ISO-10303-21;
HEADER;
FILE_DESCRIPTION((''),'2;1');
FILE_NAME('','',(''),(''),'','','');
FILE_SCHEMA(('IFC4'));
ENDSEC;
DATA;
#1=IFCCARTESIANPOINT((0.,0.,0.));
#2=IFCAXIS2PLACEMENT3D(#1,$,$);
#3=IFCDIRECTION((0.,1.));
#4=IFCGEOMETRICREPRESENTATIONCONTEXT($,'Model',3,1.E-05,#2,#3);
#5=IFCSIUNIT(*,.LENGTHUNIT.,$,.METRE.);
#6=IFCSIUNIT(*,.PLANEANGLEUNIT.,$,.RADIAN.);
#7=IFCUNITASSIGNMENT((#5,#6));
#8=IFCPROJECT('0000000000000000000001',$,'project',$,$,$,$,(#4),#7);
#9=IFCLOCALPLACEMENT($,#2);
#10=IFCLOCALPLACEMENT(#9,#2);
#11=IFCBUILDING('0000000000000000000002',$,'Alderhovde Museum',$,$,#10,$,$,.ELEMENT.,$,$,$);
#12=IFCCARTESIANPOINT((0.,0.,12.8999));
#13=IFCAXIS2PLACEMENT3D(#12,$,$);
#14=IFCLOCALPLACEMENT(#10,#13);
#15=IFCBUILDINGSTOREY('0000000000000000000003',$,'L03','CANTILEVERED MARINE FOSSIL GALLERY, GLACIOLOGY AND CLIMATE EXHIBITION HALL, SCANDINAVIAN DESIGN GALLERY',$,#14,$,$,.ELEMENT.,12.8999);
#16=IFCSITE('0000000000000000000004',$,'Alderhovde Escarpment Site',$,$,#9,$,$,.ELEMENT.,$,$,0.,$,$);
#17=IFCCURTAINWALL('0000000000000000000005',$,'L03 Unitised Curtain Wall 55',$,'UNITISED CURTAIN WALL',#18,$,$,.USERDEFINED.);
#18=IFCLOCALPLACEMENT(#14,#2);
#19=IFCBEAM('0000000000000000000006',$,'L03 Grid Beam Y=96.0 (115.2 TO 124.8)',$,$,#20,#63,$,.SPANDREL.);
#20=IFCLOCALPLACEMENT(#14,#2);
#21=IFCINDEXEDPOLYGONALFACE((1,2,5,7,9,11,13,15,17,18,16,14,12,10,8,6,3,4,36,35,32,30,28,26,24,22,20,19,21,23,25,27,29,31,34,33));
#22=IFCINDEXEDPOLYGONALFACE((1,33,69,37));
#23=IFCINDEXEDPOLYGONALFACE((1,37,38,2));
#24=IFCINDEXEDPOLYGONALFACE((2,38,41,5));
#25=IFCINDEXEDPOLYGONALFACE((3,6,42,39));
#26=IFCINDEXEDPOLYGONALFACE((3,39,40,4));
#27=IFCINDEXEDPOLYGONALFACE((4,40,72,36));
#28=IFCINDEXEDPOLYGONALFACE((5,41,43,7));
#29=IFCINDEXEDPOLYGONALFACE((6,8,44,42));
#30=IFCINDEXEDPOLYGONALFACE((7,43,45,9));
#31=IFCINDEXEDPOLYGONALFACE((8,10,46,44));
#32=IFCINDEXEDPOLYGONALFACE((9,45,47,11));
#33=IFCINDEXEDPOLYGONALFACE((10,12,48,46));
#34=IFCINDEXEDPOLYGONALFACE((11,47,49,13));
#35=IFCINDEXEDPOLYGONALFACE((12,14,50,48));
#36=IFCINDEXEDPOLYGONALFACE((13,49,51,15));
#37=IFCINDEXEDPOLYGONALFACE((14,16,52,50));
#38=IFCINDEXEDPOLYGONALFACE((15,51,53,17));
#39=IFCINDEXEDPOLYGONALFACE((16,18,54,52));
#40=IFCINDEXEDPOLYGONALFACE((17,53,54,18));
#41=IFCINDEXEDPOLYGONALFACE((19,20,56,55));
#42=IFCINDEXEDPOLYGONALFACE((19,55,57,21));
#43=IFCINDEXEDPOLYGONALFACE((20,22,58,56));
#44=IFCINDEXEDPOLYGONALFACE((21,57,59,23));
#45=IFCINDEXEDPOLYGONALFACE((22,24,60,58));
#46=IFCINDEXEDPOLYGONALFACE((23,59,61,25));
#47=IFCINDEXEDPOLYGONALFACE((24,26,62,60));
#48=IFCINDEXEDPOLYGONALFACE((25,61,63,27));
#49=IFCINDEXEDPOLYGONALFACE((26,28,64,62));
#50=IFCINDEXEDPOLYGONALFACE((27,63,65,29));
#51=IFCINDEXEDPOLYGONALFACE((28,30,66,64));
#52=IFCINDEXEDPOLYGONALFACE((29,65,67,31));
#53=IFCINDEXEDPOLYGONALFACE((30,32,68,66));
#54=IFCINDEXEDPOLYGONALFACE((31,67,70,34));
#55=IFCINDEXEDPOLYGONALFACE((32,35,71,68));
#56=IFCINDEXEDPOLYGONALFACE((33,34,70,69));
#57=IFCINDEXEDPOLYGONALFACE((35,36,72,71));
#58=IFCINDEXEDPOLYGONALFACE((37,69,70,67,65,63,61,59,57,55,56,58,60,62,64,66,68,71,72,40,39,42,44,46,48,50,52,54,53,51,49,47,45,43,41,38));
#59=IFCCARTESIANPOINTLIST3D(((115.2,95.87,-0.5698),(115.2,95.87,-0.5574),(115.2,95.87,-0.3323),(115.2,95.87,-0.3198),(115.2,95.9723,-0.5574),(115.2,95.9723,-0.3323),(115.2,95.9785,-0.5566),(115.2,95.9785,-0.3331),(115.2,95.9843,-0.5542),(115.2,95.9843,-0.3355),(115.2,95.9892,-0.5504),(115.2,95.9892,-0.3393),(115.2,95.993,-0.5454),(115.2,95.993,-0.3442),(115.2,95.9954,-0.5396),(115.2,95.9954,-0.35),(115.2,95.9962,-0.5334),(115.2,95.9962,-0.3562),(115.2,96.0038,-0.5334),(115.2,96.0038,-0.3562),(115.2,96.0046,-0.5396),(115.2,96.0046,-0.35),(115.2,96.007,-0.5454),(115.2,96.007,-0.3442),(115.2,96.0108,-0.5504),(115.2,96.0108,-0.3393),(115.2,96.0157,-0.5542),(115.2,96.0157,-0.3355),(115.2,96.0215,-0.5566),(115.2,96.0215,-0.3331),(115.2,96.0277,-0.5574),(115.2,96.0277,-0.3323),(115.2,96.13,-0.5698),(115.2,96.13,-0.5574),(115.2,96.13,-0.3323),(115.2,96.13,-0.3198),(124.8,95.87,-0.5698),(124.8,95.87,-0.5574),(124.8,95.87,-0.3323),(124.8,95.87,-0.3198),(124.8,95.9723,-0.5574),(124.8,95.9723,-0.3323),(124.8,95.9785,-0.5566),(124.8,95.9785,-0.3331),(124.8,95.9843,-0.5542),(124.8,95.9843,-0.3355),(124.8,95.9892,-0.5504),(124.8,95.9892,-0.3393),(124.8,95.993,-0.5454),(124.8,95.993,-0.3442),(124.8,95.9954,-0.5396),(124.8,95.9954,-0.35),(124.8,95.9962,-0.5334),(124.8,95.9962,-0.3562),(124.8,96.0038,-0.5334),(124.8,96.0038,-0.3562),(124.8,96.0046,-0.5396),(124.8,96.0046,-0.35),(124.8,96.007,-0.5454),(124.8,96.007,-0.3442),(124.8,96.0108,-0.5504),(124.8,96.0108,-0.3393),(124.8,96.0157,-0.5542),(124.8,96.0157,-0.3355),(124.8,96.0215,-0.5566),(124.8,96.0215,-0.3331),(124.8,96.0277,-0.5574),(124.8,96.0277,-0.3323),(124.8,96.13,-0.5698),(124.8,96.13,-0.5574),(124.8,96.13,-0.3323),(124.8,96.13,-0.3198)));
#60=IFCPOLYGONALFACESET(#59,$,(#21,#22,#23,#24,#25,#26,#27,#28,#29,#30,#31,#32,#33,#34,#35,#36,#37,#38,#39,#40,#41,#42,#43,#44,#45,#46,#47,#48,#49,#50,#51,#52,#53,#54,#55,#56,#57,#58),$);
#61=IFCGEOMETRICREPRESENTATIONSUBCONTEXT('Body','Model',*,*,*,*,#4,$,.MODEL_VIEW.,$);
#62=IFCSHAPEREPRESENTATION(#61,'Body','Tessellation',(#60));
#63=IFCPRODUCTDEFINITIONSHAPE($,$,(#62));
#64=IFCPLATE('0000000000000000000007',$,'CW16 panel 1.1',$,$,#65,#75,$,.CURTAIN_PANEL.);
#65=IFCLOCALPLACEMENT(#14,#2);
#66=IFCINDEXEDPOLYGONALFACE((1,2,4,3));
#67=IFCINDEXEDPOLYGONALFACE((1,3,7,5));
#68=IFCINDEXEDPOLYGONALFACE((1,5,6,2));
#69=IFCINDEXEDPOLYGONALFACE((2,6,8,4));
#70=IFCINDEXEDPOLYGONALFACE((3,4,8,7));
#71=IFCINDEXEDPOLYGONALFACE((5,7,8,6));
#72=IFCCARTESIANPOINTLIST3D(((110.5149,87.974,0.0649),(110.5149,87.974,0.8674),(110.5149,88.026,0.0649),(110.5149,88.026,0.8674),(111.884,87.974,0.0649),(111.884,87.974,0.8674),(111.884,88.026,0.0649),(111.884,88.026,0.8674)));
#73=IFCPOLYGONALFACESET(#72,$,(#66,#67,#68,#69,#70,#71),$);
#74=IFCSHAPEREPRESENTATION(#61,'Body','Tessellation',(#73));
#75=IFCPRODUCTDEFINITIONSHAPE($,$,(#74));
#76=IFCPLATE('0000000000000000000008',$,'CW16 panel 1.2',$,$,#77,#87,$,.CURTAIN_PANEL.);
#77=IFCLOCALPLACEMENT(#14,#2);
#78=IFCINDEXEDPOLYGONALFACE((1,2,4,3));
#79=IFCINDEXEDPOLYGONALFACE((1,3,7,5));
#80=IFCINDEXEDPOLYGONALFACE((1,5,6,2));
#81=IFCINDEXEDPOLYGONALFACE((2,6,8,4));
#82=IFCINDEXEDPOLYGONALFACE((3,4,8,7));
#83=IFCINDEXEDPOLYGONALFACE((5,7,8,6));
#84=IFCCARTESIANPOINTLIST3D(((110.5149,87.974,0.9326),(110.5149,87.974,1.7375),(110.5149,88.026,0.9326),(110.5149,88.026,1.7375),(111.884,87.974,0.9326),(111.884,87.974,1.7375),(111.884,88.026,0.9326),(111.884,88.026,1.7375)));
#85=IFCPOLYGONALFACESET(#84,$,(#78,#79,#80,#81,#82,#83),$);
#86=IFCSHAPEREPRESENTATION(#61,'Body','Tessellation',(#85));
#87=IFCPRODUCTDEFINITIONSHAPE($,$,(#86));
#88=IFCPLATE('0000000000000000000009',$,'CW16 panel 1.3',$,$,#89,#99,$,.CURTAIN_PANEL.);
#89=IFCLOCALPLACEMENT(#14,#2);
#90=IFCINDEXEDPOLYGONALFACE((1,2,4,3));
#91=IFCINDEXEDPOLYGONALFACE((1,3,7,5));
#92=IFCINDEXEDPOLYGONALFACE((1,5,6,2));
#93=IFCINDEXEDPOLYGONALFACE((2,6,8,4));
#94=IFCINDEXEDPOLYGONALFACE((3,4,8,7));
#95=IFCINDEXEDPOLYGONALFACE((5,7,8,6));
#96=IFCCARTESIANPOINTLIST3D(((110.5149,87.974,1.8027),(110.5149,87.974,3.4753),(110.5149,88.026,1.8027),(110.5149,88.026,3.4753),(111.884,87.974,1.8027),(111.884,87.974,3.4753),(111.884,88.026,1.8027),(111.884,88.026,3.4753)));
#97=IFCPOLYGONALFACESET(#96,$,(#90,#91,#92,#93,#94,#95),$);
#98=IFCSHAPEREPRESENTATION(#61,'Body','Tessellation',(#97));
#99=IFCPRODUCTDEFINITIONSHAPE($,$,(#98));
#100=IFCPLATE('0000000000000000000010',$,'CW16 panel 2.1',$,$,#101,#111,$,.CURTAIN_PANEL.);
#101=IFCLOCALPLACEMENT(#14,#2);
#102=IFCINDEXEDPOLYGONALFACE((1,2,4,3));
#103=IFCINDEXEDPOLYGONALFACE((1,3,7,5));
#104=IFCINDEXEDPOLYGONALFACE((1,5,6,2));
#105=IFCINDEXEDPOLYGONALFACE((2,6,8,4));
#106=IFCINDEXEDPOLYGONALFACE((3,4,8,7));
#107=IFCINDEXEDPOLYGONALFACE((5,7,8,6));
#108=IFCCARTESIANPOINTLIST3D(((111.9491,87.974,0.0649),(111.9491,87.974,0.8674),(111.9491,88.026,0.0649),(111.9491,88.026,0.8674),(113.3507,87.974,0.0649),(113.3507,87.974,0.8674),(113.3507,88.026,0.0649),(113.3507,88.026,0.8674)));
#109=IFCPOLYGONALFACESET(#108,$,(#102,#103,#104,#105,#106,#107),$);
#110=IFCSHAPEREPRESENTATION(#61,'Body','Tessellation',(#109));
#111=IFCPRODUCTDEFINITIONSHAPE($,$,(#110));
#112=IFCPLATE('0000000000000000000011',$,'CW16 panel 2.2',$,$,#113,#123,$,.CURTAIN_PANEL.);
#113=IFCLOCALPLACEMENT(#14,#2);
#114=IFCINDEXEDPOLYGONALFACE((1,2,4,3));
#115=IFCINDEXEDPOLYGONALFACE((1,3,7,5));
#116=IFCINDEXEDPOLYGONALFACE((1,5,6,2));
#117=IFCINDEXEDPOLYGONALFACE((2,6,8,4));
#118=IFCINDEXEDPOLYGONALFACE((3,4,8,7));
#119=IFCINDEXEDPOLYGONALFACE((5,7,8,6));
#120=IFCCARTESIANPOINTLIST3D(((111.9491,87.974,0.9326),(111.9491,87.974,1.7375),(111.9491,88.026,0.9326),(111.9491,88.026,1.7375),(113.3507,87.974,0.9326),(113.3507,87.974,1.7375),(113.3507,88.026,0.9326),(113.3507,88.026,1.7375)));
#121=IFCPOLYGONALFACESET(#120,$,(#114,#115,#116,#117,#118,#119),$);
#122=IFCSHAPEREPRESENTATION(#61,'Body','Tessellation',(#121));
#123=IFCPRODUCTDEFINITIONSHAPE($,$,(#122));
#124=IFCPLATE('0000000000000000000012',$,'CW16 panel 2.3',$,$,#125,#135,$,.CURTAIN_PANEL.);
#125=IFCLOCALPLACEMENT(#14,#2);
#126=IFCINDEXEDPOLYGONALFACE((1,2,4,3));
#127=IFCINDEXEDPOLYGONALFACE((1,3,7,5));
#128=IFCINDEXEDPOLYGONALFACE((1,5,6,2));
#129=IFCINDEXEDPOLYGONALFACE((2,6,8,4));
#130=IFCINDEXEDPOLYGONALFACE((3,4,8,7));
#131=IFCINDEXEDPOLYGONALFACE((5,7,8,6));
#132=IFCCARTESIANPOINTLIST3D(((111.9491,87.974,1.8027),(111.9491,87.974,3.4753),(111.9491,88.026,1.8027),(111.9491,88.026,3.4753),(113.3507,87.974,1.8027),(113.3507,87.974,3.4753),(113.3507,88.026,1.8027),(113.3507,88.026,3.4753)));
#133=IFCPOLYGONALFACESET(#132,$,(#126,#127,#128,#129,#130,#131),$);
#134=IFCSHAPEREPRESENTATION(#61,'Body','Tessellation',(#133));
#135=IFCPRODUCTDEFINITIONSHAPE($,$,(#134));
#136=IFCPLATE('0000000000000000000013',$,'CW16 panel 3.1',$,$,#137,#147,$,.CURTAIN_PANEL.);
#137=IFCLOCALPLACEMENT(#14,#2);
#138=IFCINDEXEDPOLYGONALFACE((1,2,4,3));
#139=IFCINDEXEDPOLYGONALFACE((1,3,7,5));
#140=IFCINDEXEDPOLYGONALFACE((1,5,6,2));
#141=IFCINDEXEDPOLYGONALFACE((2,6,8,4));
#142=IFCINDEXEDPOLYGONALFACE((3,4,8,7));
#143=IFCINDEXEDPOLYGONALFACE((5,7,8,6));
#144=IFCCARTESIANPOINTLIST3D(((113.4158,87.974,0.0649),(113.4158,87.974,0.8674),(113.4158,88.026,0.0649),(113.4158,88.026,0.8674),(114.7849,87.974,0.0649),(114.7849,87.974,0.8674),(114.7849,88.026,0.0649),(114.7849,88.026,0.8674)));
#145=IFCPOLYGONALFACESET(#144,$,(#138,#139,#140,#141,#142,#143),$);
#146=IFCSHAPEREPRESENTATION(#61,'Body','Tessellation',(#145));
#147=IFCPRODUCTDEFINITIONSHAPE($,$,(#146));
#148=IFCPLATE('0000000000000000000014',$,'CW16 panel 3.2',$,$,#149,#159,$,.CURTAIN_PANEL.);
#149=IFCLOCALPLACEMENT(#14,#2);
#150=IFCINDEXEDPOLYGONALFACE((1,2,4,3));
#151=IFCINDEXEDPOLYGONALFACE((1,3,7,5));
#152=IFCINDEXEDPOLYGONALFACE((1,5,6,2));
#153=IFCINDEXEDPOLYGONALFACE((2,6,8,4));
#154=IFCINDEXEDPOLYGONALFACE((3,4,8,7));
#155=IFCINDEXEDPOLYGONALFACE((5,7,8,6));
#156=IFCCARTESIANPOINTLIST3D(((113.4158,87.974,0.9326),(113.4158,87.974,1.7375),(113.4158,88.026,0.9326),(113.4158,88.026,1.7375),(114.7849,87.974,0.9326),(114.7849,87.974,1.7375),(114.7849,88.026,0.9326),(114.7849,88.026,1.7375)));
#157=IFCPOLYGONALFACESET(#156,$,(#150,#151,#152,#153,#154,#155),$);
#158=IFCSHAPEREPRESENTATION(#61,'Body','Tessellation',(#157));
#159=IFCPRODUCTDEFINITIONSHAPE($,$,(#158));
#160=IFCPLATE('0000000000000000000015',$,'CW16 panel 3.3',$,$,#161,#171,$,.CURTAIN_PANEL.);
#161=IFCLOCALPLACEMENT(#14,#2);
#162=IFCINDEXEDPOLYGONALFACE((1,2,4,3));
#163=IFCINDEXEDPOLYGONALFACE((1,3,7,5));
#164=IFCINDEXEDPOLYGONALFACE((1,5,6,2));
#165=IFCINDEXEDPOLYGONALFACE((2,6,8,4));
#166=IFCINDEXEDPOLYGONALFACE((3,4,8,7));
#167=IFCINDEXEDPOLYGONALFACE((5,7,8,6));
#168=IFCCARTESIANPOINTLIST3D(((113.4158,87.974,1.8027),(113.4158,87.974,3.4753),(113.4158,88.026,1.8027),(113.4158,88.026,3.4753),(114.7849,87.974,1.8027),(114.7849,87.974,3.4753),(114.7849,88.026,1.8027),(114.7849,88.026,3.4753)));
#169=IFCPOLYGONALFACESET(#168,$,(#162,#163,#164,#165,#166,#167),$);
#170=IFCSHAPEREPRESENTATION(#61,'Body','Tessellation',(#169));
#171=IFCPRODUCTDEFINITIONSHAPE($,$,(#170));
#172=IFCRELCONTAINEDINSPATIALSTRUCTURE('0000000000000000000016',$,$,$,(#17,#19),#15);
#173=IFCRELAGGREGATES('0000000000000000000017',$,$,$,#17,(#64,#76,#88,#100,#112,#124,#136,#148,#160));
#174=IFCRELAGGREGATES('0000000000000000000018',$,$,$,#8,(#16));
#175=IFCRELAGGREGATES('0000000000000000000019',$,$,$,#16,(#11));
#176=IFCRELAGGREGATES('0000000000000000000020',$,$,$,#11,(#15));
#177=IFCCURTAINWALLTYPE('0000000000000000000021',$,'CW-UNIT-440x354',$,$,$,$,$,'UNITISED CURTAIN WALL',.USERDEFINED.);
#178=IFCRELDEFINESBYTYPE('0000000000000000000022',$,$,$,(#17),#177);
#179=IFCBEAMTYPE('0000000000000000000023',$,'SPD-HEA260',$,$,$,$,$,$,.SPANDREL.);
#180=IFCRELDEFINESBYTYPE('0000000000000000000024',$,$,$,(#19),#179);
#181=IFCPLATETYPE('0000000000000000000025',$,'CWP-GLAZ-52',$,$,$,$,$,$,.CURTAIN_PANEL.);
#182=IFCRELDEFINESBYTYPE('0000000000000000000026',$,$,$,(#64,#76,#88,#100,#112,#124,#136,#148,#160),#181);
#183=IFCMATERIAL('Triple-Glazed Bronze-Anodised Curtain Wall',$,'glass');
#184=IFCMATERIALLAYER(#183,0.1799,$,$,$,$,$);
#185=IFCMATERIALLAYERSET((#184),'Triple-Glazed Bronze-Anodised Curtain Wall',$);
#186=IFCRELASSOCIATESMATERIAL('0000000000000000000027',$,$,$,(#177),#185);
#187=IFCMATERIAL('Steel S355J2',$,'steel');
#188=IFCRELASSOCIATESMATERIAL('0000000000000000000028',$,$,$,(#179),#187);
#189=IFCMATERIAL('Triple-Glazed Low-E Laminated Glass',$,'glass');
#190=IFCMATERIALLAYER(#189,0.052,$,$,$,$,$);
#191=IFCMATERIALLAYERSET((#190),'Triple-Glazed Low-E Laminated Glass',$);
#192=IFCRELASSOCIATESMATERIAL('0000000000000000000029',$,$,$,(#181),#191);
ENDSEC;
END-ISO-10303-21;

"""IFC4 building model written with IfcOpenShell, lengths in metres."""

from ifc_helpers import new_model, si_unit, direction, frame, origin, origin_2d, place, context, subcontext, project, spatial, rectangle, i_section, extrude, material, layer, layer_set, material_profile, profile_set, type_object, element, aggregate, save


model = new_model("IFC4")

# Units and contexts
model_context = context("Model", 3, precision=1e-05, world=origin(), true_north=direction((0.0, 1.0)))
body_context = subcontext(model_context, "Body", "Model", "MODEL_VIEW")
ifc_project = project(units=[si_unit("LENGTHUNIT", "METRE"), si_unit("PLANEANGLEUNIT", "RADIAN")], contexts=[model_context])

# Site, building, storey
site_placement = place(None, origin())
site = spatial("IfcSite", under=ifc_project, at=site_placement, Name="Alderhovde Escarpment Site", CompositionType="ELEMENT", RefElevation=0.0)
building_placement = place(site_placement, origin())
building = spatial("IfcBuilding", under=site, at=building_placement, Name="Alderhovde Museum", CompositionType="ELEMENT")
storey_placement = place(building_placement, frame((0.0, 0.0, 12.8999)))
storey = spatial("IfcBuildingStorey", under=building, at=storey_placement, Name="L03", Description="CANTILEVERED MARINE FOSSIL GALLERY, GLACIOLOGY AND CLIMATE EXHIBITION HALL, SCANDINAVIAN DESIGN GALLERY", CompositionType="ELEMENT", Elevation=12.8999)

# Curtain wall
ifc_material_1 = material(Name="Triple-Glazed Bronze-Anodised Curtain Wall", Category="glass")
ifc_layer_1 = layer(ifc_material_1, 0.1799)
ifc_layer_set_1 = layer_set([ifc_layer_1], Name="Triple-Glazed Bronze-Anodised Curtain Wall")
curtain_wall_type = type_object("IfcCurtainWallType", Name="CW-UNIT-440x354", ElementType="UNITISED CURTAIN WALL", PredefinedType="USERDEFINED", material=ifc_layer_set_1)
curtain_wall_placement = place(storey_placement, origin())
curtain_wall = element("IfcCurtainWall", 1, at=curtain_wall_placement, inside=storey, type_object=curtain_wall_type, Name="L03 Unitised Curtain Wall 55", ObjectType="UNITISED CURTAIN WALL", PredefinedType="USERDEFINED")

# Beam
ifc_material_2 = material(Name="Steel S355J2", Category="steel")
ifc_material_profile_1 = material_profile(ifc_material_2, i_section(OverallWidth=0.26, OverallDepth=0.25, WebThickness=0.0076, FlangeThickness=0.0125, FilletRadius=0.0239, at=origin_2d()), Name="HEA 260")
ifc_profile_set_1 = profile_set([ifc_material_profile_1], Name="Steel S355J2")
beam_type_1 = type_object("IfcBeamType", Name="SPD-HEA260", PredefinedType="SPANDREL", material=ifc_profile_set_1)
beam_1_placement = place(storey_placement, frame((115.2, 96.0, -0.4448), z_axis=(1.0, 0.0, 0.0), x_axis=(0.0, 1.0, 0.0)))
element("IfcBeam", 2, at=beam_1_placement, inside=storey, type_object=beam_type_1, Name="L03 Grid Beam Y=96.0 (115.2 TO 124.8)", PredefinedType="SPANDREL", context=body_context, shape_type="SweptSolid", body=[
    extrude(i_section(OverallWidth=0.26, OverallDepth=0.25, WebThickness=0.0076, FlangeThickness=0.0125, FilletRadius=0.0239, at=origin_2d()), origin(), (0.0, 0.0, 1.0), 9.6001),
])

# Plates
ifc_material_3 = material(Name="Triple-Glazed Low-E Laminated Glass", Category="glass")
ifc_layer_2 = layer(ifc_material_3, 0.052)
ifc_layer_set_2 = layer_set([ifc_layer_2], Name="Triple-Glazed Low-E Laminated Glass")
plate_type = type_object("IfcPlateType", Name="CWP-GLAZ-52", PredefinedType="CURTAIN_PANEL", material=ifc_layer_set_2)
plate_1_placement = place(storey_placement, frame((111.1995, 88.0, 0.0649), z_axis=(0.0, 0.0, 1.0), x_axis=(1.0, 0.0, 0.0)))
plate_1 = element("IfcPlate", 3, at=plate_1_placement, type_object=plate_type, Name="CW16 panel 1.1", PredefinedType="CURTAIN_PANEL", context=body_context, shape_type="SweptSolid", body=[
    extrude(rectangle(XDim=1.3691, YDim=0.052, at=origin_2d()), origin(), (0.0, 0.0, 1.0), 0.8025),
])
plate_2_placement = place(storey_placement, frame((111.1995, 88.0, 0.9326), z_axis=(0.0, 0.0, 1.0), x_axis=(1.0, 0.0, 0.0)))
plate_2 = element("IfcPlate", 4, at=plate_2_placement, type_object=plate_type, Name="CW16 panel 1.2", PredefinedType="CURTAIN_PANEL", context=body_context, shape_type="SweptSolid", body=[
    extrude(rectangle(XDim=1.3691, YDim=0.052, at=origin_2d()), origin(), (0.0, 0.0, 1.0), 0.8049),
])
plate_3_placement = place(storey_placement, frame((111.1995, 88.0, 1.8027), z_axis=(0.0, 0.0, 1.0), x_axis=(1.0, 0.0, 0.0)))
plate_3 = element("IfcPlate", 5, at=plate_3_placement, type_object=plate_type, Name="CW16 panel 1.3", PredefinedType="CURTAIN_PANEL", context=body_context, shape_type="SweptSolid", body=[
    extrude(rectangle(XDim=1.3691, YDim=0.052, at=origin_2d()), origin(), (0.0, 0.0, 1.0), 1.6726),
])
plate_4_placement = place(storey_placement, frame((112.6499, 88.0, 0.0649), z_axis=(0.0, 0.0, 1.0), x_axis=(1.0, 0.0, 0.0)))
plate_4 = element("IfcPlate", 6, at=plate_4_placement, type_object=plate_type, Name="CW16 panel 2.1", PredefinedType="CURTAIN_PANEL", context=body_context, shape_type="SweptSolid", body=[
    extrude(rectangle(XDim=1.4016, YDim=0.052, at=origin_2d()), origin(), (0.0, 0.0, 1.0), 0.8025),
])
plate_5_placement = place(storey_placement, frame((112.6499, 88.0, 0.9326), z_axis=(0.0, 0.0, 1.0), x_axis=(1.0, 0.0, 0.0)))
plate_5 = element("IfcPlate", 7, at=plate_5_placement, type_object=plate_type, Name="CW16 panel 2.2", PredefinedType="CURTAIN_PANEL", context=body_context, shape_type="SweptSolid", body=[
    extrude(rectangle(XDim=1.4016, YDim=0.052, at=origin_2d()), origin(), (0.0, 0.0, 1.0), 0.8049),
])
plate_6_placement = place(storey_placement, frame((112.6499, 88.0, 1.8027), z_axis=(0.0, 0.0, 1.0), x_axis=(1.0, 0.0, 0.0)))
plate_6 = element("IfcPlate", 8, at=plate_6_placement, type_object=plate_type, Name="CW16 panel 2.3", PredefinedType="CURTAIN_PANEL", context=body_context, shape_type="SweptSolid", body=[
    extrude(rectangle(XDim=1.4016, YDim=0.052, at=origin_2d()), origin(), (0.0, 0.0, 1.0), 1.6726),
])
plate_7_placement = place(storey_placement, frame((114.1003, 88.0, 0.0649), z_axis=(0.0, 0.0, 1.0), x_axis=(1.0, 0.0, 0.0)))
plate_7 = element("IfcPlate", 9, at=plate_7_placement, type_object=plate_type, Name="CW16 panel 3.1", PredefinedType="CURTAIN_PANEL", context=body_context, shape_type="SweptSolid", body=[
    extrude(rectangle(XDim=1.3691, YDim=0.052, at=origin_2d()), origin(), (0.0, 0.0, 1.0), 0.8025),
])
plate_8_placement = place(storey_placement, frame((114.1003, 88.0, 0.9326), z_axis=(0.0, 0.0, 1.0), x_axis=(1.0, 0.0, 0.0)))
plate_8 = element("IfcPlate", 10, at=plate_8_placement, type_object=plate_type, Name="CW16 panel 3.2", PredefinedType="CURTAIN_PANEL", context=body_context, shape_type="SweptSolid", body=[
    extrude(rectangle(XDim=1.3691, YDim=0.052, at=origin_2d()), origin(), (0.0, 0.0, 1.0), 0.8049),
])
plate_9_placement = place(storey_placement, frame((114.1003, 88.0, 1.8027), z_axis=(0.0, 0.0, 1.0), x_axis=(1.0, 0.0, 0.0)))
plate_9 = element("IfcPlate", 11, at=plate_9_placement, type_object=plate_type, Name="CW16 panel 3.3", PredefinedType="CURTAIN_PANEL", context=body_context, shape_type="SweptSolid", body=[
    extrude(rectangle(XDim=1.3691, YDim=0.052, at=origin_2d()), origin(), (0.0, 0.0, 1.0), 1.6726),
])
aggregate(curtain_wall, [plate_1, plate_2, plate_3, plate_4, plate_5, plate_6, plate_7, plate_8, plate_9])

save(model, "model.ifc")
